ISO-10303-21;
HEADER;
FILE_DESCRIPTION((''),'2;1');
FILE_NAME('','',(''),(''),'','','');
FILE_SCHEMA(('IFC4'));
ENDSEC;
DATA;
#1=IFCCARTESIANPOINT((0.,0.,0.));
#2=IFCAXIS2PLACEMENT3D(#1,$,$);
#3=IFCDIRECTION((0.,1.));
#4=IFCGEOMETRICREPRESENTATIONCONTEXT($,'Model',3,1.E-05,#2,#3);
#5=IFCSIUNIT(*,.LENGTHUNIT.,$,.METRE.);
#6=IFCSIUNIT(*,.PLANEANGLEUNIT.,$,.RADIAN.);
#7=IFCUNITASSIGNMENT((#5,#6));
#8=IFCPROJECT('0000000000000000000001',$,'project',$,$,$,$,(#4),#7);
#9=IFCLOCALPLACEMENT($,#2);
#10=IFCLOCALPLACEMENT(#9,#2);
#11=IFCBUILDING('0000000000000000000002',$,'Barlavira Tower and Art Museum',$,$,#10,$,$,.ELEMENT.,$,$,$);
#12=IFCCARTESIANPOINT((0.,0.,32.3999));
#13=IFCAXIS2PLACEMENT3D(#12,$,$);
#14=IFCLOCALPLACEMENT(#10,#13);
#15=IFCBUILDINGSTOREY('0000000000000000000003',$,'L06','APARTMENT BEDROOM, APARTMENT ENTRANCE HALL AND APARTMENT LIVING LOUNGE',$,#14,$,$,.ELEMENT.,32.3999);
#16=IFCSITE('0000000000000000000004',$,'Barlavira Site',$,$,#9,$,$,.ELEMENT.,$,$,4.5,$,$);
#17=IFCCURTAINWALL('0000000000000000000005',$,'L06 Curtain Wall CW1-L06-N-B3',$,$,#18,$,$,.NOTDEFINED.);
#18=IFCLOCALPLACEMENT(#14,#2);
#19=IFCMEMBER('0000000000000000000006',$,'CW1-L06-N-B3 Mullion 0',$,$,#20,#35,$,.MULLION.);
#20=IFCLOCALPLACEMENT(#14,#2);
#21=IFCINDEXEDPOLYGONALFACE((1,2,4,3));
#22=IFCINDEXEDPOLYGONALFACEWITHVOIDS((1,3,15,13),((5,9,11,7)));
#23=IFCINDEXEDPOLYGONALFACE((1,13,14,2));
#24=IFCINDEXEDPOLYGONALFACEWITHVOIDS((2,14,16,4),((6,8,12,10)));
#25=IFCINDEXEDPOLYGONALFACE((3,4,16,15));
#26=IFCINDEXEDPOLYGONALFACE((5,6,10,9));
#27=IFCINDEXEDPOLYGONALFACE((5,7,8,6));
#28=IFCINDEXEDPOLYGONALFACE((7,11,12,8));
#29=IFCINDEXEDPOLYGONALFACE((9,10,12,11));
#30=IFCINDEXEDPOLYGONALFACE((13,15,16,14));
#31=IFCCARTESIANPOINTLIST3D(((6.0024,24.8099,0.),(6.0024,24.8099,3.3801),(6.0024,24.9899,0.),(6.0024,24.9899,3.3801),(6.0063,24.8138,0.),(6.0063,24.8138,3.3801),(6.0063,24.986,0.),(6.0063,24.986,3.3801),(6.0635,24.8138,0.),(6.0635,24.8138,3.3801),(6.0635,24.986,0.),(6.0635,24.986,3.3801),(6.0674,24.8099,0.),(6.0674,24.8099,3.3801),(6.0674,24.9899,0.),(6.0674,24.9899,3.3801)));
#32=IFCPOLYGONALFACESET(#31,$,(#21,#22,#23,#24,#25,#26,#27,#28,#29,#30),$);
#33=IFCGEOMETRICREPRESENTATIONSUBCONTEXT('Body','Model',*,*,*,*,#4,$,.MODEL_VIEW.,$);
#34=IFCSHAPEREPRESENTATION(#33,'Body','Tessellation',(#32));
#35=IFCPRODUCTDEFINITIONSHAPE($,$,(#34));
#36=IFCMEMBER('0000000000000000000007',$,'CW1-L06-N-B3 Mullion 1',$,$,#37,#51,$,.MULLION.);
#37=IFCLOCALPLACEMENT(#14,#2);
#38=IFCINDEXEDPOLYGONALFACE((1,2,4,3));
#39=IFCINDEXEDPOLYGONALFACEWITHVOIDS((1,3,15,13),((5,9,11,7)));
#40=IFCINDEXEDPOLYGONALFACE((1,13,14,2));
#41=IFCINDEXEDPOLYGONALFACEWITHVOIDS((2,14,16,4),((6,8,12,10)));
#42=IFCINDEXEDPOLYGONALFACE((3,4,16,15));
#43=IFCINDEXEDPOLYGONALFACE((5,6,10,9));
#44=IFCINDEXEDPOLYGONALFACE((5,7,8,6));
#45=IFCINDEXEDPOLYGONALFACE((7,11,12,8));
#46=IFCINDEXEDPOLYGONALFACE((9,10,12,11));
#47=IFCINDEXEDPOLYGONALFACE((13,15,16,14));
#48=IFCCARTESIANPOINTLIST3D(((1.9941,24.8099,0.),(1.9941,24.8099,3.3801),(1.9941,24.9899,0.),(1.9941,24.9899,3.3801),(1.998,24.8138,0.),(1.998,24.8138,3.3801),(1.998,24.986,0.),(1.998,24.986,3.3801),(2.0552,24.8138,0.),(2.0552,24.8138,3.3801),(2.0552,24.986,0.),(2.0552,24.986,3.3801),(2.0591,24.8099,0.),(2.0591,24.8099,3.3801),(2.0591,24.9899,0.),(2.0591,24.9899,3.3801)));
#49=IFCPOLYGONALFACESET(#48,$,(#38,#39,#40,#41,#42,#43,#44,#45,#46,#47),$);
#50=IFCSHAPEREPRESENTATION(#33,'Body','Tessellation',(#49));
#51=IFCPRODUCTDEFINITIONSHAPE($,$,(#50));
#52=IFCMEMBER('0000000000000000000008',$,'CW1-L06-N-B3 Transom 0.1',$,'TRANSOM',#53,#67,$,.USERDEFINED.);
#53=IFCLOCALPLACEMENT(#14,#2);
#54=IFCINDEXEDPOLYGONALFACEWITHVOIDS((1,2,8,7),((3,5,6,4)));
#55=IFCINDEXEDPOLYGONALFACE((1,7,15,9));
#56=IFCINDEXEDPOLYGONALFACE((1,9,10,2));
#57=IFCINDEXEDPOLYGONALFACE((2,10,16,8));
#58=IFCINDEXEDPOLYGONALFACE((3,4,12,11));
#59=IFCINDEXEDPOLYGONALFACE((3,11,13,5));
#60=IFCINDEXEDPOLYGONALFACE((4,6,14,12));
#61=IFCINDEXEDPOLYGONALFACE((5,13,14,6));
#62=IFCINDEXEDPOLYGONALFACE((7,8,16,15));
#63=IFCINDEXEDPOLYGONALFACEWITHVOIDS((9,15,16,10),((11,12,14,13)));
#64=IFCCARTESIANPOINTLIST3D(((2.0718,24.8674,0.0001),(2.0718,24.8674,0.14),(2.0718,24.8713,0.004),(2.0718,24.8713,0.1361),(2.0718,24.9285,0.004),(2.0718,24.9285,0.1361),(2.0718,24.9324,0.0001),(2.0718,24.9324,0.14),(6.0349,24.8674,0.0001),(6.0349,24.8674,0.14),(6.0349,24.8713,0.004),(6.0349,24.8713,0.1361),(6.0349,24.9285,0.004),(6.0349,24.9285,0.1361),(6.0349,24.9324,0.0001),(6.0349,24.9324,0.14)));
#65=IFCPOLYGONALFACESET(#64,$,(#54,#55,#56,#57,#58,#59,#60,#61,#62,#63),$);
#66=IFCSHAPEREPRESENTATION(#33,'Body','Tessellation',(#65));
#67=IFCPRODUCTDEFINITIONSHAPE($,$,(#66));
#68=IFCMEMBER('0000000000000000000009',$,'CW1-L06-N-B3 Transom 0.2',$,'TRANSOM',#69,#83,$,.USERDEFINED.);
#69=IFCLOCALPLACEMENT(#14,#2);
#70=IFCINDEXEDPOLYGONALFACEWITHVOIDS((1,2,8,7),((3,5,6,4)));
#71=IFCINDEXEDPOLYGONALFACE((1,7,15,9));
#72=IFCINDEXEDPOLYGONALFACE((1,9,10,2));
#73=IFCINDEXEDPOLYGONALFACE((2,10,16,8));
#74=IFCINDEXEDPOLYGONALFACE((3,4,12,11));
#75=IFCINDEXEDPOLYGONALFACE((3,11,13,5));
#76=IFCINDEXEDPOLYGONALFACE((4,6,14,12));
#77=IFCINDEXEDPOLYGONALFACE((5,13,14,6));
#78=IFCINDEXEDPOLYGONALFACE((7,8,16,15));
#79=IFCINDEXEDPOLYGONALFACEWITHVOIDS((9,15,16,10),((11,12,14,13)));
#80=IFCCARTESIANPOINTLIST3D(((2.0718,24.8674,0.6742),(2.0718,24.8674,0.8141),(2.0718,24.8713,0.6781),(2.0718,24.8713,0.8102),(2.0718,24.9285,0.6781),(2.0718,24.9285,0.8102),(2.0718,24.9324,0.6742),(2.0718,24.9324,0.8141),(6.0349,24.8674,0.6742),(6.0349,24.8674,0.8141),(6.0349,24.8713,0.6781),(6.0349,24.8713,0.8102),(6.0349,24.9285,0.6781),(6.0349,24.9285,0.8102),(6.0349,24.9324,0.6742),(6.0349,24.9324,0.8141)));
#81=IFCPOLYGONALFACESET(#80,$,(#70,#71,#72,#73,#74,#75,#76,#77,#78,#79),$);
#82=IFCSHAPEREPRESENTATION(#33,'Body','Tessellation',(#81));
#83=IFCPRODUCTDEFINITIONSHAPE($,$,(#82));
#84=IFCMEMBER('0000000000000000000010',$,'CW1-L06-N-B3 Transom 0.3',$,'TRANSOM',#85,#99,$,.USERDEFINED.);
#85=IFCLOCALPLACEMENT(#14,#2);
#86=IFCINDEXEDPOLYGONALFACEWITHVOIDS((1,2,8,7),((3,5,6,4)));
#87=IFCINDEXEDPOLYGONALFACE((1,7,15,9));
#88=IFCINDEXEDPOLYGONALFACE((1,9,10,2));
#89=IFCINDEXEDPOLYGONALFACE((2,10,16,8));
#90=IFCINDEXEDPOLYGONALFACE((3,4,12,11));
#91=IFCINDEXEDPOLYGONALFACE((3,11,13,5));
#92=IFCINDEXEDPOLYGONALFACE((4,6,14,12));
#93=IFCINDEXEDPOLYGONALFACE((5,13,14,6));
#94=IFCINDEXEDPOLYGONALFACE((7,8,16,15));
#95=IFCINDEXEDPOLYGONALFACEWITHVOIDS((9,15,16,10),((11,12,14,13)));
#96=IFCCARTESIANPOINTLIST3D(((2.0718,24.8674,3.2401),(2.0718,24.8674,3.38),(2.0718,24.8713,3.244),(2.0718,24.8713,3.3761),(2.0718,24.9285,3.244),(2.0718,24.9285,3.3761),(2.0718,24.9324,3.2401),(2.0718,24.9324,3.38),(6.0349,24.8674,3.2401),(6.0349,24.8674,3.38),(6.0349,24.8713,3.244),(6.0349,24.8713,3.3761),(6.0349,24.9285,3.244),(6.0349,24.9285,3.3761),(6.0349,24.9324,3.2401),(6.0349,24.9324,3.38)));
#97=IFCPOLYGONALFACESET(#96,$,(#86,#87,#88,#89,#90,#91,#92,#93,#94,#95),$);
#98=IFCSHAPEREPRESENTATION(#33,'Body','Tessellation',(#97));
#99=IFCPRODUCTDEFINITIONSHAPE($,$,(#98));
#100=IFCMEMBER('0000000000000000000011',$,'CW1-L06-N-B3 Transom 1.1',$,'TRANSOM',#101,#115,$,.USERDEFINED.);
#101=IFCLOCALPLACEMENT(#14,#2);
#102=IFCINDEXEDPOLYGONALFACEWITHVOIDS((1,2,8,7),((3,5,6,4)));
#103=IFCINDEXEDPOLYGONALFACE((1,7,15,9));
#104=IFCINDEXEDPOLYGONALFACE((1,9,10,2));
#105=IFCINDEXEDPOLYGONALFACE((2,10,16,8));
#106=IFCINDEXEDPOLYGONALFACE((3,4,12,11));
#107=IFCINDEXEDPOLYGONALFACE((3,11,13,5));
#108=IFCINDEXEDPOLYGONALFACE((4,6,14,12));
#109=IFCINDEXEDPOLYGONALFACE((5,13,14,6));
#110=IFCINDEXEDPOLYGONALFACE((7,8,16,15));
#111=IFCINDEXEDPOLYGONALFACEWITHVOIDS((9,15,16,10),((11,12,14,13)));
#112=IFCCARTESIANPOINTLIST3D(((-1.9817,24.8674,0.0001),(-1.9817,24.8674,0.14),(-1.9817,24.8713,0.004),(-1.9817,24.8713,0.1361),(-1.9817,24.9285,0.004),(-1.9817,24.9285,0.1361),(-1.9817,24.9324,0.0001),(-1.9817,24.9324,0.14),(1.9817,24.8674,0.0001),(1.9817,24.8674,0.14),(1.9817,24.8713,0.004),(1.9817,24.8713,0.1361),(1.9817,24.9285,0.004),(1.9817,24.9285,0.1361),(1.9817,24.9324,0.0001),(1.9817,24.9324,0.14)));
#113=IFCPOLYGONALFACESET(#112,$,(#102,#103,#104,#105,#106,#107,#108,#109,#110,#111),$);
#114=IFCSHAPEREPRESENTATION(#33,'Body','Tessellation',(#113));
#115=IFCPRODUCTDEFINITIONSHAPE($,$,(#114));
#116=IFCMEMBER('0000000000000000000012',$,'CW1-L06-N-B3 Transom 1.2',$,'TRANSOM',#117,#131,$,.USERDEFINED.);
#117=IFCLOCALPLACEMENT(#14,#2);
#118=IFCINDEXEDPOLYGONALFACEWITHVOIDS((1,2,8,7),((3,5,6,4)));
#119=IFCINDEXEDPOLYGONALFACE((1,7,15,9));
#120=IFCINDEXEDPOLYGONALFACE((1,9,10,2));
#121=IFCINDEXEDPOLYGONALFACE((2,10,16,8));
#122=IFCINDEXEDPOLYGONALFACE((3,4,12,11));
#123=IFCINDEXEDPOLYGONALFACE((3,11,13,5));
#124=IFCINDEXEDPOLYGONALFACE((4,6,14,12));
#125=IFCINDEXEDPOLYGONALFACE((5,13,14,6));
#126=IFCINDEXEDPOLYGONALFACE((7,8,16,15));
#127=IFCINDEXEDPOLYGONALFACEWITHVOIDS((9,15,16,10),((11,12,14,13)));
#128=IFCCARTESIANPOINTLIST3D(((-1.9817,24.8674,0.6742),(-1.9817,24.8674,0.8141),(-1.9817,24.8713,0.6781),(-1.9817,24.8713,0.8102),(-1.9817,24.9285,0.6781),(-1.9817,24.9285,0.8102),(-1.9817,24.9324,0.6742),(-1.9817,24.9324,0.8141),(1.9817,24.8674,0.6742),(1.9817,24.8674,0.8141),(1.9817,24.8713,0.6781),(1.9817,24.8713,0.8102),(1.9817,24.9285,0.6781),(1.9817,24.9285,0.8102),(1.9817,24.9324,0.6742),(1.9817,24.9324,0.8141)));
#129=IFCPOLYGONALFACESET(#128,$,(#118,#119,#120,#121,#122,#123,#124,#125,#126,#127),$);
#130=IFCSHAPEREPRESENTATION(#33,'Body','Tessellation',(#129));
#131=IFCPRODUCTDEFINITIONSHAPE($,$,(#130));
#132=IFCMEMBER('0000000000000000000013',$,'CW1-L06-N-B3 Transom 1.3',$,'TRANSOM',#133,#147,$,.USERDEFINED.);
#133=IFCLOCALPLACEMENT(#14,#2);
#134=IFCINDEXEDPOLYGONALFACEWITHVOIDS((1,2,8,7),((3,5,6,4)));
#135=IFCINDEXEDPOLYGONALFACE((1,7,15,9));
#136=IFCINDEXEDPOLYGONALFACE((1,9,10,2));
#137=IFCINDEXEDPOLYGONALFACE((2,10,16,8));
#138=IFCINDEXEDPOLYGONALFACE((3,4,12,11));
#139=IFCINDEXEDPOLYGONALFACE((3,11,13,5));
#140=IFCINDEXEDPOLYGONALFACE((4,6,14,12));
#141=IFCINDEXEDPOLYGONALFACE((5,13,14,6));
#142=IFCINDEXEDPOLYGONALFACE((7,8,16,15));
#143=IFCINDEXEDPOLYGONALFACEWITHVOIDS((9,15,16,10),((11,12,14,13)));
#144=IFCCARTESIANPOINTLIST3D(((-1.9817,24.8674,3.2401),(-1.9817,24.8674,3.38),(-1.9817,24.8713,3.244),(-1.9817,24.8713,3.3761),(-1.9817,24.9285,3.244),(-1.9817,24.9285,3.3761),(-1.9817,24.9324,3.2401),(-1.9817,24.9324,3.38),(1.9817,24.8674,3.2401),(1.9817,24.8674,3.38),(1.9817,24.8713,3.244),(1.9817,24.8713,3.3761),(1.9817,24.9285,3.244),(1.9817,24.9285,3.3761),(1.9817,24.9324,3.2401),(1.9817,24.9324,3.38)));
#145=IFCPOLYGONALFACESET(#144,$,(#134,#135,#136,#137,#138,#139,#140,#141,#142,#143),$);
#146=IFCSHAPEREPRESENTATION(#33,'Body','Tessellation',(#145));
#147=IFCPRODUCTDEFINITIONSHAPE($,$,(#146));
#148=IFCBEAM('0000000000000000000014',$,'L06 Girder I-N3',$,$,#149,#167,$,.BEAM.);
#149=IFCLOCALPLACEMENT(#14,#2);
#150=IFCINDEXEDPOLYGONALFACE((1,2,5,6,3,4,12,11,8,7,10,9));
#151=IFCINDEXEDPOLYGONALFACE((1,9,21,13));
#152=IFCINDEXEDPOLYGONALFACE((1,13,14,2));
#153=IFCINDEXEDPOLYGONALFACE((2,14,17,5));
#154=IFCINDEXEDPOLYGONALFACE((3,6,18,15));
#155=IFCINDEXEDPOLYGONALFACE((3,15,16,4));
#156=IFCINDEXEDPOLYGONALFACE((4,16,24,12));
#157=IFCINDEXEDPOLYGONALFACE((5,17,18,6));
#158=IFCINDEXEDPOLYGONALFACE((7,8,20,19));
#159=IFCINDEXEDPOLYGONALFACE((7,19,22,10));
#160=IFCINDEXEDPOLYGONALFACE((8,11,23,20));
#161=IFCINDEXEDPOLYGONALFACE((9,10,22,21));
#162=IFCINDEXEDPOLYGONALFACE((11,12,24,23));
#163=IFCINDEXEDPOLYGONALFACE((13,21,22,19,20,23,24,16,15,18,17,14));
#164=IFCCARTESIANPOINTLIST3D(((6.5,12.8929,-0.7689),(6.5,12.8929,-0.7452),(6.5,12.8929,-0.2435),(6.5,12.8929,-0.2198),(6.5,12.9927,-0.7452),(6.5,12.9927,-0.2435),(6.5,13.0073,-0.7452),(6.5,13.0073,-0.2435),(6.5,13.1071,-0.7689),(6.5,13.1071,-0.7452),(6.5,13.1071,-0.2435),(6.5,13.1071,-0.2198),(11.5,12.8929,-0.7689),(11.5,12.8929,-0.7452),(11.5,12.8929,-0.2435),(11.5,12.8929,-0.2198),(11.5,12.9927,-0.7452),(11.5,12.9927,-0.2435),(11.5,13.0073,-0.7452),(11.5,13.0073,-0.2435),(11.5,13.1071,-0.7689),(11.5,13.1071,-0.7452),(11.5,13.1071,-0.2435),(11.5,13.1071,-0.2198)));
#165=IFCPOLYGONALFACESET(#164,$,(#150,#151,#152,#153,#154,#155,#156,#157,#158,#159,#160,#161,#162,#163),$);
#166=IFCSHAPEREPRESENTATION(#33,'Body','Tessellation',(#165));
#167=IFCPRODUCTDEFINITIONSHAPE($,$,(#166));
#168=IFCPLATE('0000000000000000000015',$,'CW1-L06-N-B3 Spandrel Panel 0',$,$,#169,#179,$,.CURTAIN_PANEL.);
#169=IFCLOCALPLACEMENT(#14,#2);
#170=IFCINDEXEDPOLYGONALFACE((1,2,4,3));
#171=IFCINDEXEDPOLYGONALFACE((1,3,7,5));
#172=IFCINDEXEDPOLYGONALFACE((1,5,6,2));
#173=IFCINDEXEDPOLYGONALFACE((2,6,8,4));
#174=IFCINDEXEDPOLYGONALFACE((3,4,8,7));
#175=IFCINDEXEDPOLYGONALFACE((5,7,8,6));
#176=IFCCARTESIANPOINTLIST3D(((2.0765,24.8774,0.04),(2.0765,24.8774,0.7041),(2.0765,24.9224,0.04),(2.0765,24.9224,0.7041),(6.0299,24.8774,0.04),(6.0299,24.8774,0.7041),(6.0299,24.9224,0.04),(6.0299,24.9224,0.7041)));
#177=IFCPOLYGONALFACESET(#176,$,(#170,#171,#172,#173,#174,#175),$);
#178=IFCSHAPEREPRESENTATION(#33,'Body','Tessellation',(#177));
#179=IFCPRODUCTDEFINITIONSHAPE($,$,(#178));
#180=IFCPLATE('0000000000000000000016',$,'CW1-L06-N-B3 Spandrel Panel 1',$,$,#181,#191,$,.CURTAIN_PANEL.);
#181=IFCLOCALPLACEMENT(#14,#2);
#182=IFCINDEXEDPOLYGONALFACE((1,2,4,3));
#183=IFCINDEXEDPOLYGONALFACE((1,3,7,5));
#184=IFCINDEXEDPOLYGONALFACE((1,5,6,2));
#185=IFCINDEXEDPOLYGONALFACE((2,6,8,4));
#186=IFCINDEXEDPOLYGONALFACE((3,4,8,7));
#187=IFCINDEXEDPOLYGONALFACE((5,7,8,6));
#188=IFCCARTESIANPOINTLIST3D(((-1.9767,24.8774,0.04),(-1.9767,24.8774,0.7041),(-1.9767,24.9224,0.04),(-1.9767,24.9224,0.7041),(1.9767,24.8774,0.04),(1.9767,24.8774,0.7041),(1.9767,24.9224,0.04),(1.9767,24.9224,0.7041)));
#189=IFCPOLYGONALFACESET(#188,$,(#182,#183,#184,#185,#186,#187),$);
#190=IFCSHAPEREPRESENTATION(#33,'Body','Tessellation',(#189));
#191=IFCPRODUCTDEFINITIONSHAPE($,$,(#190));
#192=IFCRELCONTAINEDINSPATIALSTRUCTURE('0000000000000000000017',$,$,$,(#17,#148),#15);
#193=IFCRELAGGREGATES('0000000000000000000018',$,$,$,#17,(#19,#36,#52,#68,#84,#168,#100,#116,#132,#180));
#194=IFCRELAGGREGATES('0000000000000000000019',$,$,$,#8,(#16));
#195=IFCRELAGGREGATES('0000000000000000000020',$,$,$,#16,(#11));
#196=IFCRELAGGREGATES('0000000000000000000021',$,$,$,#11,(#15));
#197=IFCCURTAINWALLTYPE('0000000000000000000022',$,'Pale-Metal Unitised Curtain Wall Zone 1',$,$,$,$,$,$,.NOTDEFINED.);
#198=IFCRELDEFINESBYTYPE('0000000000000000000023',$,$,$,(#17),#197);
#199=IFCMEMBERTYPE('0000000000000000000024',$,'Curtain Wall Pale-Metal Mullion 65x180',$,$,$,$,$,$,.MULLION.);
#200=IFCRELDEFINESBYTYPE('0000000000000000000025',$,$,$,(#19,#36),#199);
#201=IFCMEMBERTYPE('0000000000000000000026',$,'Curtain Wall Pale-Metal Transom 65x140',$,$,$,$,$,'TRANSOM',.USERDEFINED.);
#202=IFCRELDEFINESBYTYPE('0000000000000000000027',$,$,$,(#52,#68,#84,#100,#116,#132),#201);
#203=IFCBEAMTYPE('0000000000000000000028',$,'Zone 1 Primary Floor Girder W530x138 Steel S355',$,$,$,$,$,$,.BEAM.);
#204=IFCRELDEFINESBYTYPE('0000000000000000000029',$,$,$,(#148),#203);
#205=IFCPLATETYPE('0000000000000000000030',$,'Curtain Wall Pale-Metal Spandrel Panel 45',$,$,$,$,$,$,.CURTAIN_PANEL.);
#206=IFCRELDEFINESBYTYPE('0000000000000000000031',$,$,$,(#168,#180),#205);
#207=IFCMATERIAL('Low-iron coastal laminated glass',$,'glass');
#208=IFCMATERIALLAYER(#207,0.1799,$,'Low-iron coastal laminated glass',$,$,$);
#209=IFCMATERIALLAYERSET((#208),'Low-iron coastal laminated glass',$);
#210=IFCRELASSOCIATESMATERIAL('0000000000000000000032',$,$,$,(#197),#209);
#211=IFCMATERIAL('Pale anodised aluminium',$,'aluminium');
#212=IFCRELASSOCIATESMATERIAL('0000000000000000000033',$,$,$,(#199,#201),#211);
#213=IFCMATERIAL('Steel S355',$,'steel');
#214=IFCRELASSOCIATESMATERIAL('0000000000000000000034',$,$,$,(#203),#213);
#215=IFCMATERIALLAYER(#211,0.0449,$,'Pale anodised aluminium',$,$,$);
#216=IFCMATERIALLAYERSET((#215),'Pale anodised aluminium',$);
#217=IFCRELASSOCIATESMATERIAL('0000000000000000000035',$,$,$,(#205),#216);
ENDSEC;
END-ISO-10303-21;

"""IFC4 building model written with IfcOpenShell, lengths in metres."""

from ifc_helpers import new_model, si_unit, direction, frame, origin, origin_2d, place, context, subcontext, project, spatial, rectangle, hollow_rectangle, i_section, extrude, material, layer, layer_set, material_profile, profile_set, type_object, element, aggregate, save


model = new_model("IFC4")

# Units and contexts
model_context = context("Model", 3, precision=1e-05, world=origin(), true_north=direction((0.0, 1.0)))
body_context = subcontext(model_context, "Body", "Model", "MODEL_VIEW")
ifc_project = project(units=[si_unit("LENGTHUNIT", "METRE"), si_unit("PLANEANGLEUNIT", "RADIAN")], contexts=[model_context])

# Site, building, storey
site_placement = place(None, origin())
site = spatial("IfcSite", under=ifc_project, at=site_placement, Name="Barlavira Site", CompositionType="ELEMENT", RefElevation=4.5)
building_placement = place(site_placement, origin())
building = spatial("IfcBuilding", under=site, at=building_placement, Name="Barlavira Tower and Art Museum", CompositionType="ELEMENT")
storey_placement = place(building_placement, frame((0.0, 0.0, 32.3999)))
storey = spatial("IfcBuildingStorey", under=building, at=storey_placement, Name="L06", Description="APARTMENT BEDROOM, APARTMENT ENTRANCE HALL AND APARTMENT LIVING LOUNGE", CompositionType="ELEMENT", Elevation=32.3999)

# Curtain wall, members
ifc_material_1 = material(Name="Low-iron coastal laminated glass", Category="glass")
ifc_layer_1 = layer(ifc_material_1, 0.1799, Name="Low-iron coastal laminated glass")
ifc_layer_set_1 = layer_set([ifc_layer_1], Name="Low-iron coastal laminated glass")
curtain_wall_type = type_object("IfcCurtainWallType", Name="Pale-Metal Unitised Curtain Wall Zone 1", PredefinedType="NOTDEFINED", material=ifc_layer_set_1)
curtain_wall_placement = place(storey_placement, origin())
curtain_wall = element("IfcCurtainWall", 1, at=curtain_wall_placement, inside=storey, type_object=curtain_wall_type, Name="L06 Curtain Wall CW1-L06-N-B3", PredefinedType="NOTDEFINED")
ifc_material_2 = material(Name="Pale anodised aluminium", Category="aluminium")
ifc_material_profile_1 = material_profile(ifc_material_2, hollow_rectangle(XDim=0.0649, YDim=0.1799, WallThickness=0.0039, at=origin_2d()), Name="ALU-MULL 65x180x4")
ifc_profile_set_1 = profile_set([ifc_material_profile_1], Name="Pale anodised aluminium")
member_type_1 = type_object("IfcMemberType", Name="Curtain Wall Pale-Metal Mullion 65x180", PredefinedType="MULLION", material=ifc_profile_set_1)
member_1_placement = place(storey_placement, frame((6.0349, 24.8999, 0.0), z_axis=(0.0, 0.0, 1.0), x_axis=(-1.0, 0.0, 0.0)))
member_1 = element("IfcMember", 2, at=member_1_placement, type_object=member_type_1, Name="CW1-L06-N-B3 Mullion 0", PredefinedType="MULLION", context=body_context, shape_type="SweptSolid", body=[
    extrude(hollow_rectangle(XDim=0.0649, YDim=0.1799, WallThickness=0.0039, at=origin_2d()), origin(), (0.0, 0.0, 1.0), 3.3801),
])
member_2_placement = place(storey_placement, frame((2.0266, 24.8999, 0.0), z_axis=(0.0, 0.0, 1.0), x_axis=(-1.0, 0.0, 0.0)))
member_2 = element("IfcMember", 3, at=member_2_placement, type_object=member_type_1, Name="CW1-L06-N-B3 Mullion 1", PredefinedType="MULLION", context=body_context, shape_type="SweptSolid", body=[
    extrude(hollow_rectangle(XDim=0.0649, YDim=0.1799, WallThickness=0.0039, at=origin_2d()), origin(), (0.0, 0.0, 1.0), 3.3801),
])
ifc_material_profile_2 = material_profile(ifc_material_2, hollow_rectangle(XDim=0.0649, YDim=0.1399, WallThickness=0.0039, at=origin_2d()), Name="ALU-TRAN 65x140x4")
ifc_profile_set_2 = profile_set([ifc_material_profile_2], Name="Pale anodised aluminium")
member_type_2 = type_object("IfcMemberType", Name="Curtain Wall Pale-Metal Transom 65x140", ElementType="TRANSOM", PredefinedType="USERDEFINED", material=ifc_profile_set_2)
member_3_placement = place(storey_placement, frame((6.0349, 24.8999, 0.0701), z_axis=(-1.0, 0.0, 0.0), x_axis=(0.0, -1.0, 0.0)))
member_3 = element("IfcMember", 4, at=member_3_placement, type_object=member_type_2, Name="CW1-L06-N-B3 Transom 0.1", ObjectType="TRANSOM", PredefinedType="USERDEFINED", context=body_context, shape_type="SweptSolid", body=[
    extrude(hollow_rectangle(XDim=0.0649, YDim=0.1399, WallThickness=0.0039, at=origin_2d()), origin(), (0.0, 0.0, 1.0), 3.9631),
])
member_4_placement = place(storey_placement, frame((6.0349, 24.8999, 0.7441), z_axis=(-1.0, 0.0, 0.0), x_axis=(0.0, -1.0, 0.0)))
member_4 = element("IfcMember", 5, at=member_4_placement, type_object=member_type_2, Name="CW1-L06-N-B3 Transom 0.2", ObjectType="TRANSOM", PredefinedType="USERDEFINED", context=body_context, shape_type="SweptSolid", body=[
    extrude(hollow_rectangle(XDim=0.0649, YDim=0.1399, WallThickness=0.0039, at=origin_2d()), origin(), (0.0, 0.0, 1.0), 3.9631),
])
member_5_placement = place(storey_placement, frame((6.0349, 24.8999, 3.3101), z_axis=(-1.0, 0.0, 0.0), x_axis=(0.0, -1.0, 0.0)))
member_5 = element("IfcMember", 6, at=member_5_placement, type_object=member_type_2, Name="CW1-L06-N-B3 Transom 0.3", ObjectType="TRANSOM", PredefinedType="USERDEFINED", context=body_context, shape_type="SweptSolid", body=[
    extrude(hollow_rectangle(XDim=0.0649, YDim=0.1399, WallThickness=0.0039, at=origin_2d()), origin(), (0.0, 0.0, 1.0), 3.9631),
])
member_6_placement = place(storey_placement, frame((1.9817, 24.8999, 0.0701), z_axis=(-1.0, 0.0, 0.0), x_axis=(0.0, -1.0, 0.0)))
member_6 = element("IfcMember", 7, at=member_6_placement, type_object=member_type_2, Name="CW1-L06-N-B3 Transom 1.1", ObjectType="TRANSOM", PredefinedType="USERDEFINED", context=body_context, shape_type="SweptSolid", body=[
    extrude(hollow_rectangle(XDim=0.0649, YDim=0.1399, WallThickness=0.0039, at=origin_2d()), origin(), (0.0, 0.0, 1.0), 3.9634),
])
member_7_placement = place(storey_placement, frame((1.9817, 24.8999, 0.7441), z_axis=(-1.0, 0.0, 0.0), x_axis=(0.0, -1.0, 0.0)))
member_7 = element("IfcMember", 8, at=member_7_placement, type_object=member_type_2, Name="CW1-L06-N-B3 Transom 1.2", ObjectType="TRANSOM", PredefinedType="USERDEFINED", context=body_context, shape_type="SweptSolid", body=[
    extrude(hollow_rectangle(XDim=0.0649, YDim=0.1399, WallThickness=0.0039, at=origin_2d()), origin(), (0.0, 0.0, 1.0), 3.9634),
])
member_8_placement = place(storey_placement, frame((1.9817, 24.8999, 3.3101), z_axis=(-1.0, 0.0, 0.0), x_axis=(0.0, -1.0, 0.0)))
member_8 = element("IfcMember", 9, at=member_8_placement, type_object=member_type_2, Name="CW1-L06-N-B3 Transom 1.3", ObjectType="TRANSOM", PredefinedType="USERDEFINED", context=body_context, shape_type="SweptSolid", body=[
    extrude(hollow_rectangle(XDim=0.0649, YDim=0.1399, WallThickness=0.0039, at=origin_2d()), origin(), (0.0, 0.0, 1.0), 3.9634),
])

# Beam
ifc_material_3 = material(Name="Steel S355", Category="steel")
ifc_material_profile_3 = material_profile(ifc_material_3, i_section(OverallWidth=0.2141, OverallDepth=0.5491, WebThickness=0.0146, FlangeThickness=0.0237, at=origin_2d()), Name="W530x138.0")
ifc_profile_set_3 = profile_set([ifc_material_profile_3], Name="Steel S355")
beam_type = type_object("IfcBeamType", Name="Zone 1 Primary Floor Girder W530x138 Steel S355", PredefinedType="BEAM", material=ifc_profile_set_3)
beam_placement = place(storey_placement, frame((6.5, 13.0, -0.4944), z_axis=(1.0, 0.0, 0.0), x_axis=(0.0, 1.0, 0.0)))
element("IfcBeam", 10, at=beam_placement, inside=storey, type_object=beam_type, Name="L06 Girder I-N3", PredefinedType="BEAM", context=body_context, shape_type="SweptSolid", body=[
    extrude(i_section(OverallWidth=0.2141, OverallDepth=0.5491, WebThickness=0.0146, FlangeThickness=0.0237, at=origin_2d()), origin(), (0.0, 0.0, 1.0), 5.0),
])

# Plates
ifc_layer_2 = layer(ifc_material_2, 0.0449, Name="Pale anodised aluminium")
ifc_layer_set_2 = layer_set([ifc_layer_2], Name="Pale anodised aluminium")
plate_type_1 = type_object("IfcPlateType", Name="Curtain Wall Pale-Metal Spandrel Panel 45", PredefinedType="CURTAIN_PANEL", material=ifc_layer_set_2)
plate_1_placement = place(storey_placement, frame((4.0532, 24.8999, 0.04), z_axis=(0.0, 0.0, 1.0), x_axis=(-1.0, 0.0, 0.0)))
plate_1 = element("IfcPlate", 11, at=plate_1_placement, type_object=plate_type_1, Name="CW1-L06-N-B3 Spandrel Panel 0", PredefinedType="CURTAIN_PANEL", context=body_context, shape_type="SweptSolid", body=[
    extrude(rectangle(XDim=3.9534, YDim=0.0449, at=origin_2d()), origin(), (0.0, 0.0, 1.0), 0.6641),
])
plate_2_placement = place(storey_placement, frame((0.0, 24.8999, 0.04), z_axis=(0.0, 0.0, 1.0), x_axis=(-1.0, 0.0, 0.0)))
plate_2 = element("IfcPlate", 12, at=plate_2_placement, type_object=plate_type_1, Name="CW1-L06-N-B3 Spandrel Panel 1", PredefinedType="CURTAIN_PANEL", context=body_context, shape_type="SweptSolid", body=[
    extrude(rectangle(XDim=3.9534, YDim=0.0449, at=origin_2d()), origin(), (0.0, 0.0, 1.0), 0.6641),
])
aggregate(curtain_wall, [member_1, member_2, member_3, member_4, member_5, plate_1, member_6, member_7, member_8, plate_2])

save(model, "model.ifc")
